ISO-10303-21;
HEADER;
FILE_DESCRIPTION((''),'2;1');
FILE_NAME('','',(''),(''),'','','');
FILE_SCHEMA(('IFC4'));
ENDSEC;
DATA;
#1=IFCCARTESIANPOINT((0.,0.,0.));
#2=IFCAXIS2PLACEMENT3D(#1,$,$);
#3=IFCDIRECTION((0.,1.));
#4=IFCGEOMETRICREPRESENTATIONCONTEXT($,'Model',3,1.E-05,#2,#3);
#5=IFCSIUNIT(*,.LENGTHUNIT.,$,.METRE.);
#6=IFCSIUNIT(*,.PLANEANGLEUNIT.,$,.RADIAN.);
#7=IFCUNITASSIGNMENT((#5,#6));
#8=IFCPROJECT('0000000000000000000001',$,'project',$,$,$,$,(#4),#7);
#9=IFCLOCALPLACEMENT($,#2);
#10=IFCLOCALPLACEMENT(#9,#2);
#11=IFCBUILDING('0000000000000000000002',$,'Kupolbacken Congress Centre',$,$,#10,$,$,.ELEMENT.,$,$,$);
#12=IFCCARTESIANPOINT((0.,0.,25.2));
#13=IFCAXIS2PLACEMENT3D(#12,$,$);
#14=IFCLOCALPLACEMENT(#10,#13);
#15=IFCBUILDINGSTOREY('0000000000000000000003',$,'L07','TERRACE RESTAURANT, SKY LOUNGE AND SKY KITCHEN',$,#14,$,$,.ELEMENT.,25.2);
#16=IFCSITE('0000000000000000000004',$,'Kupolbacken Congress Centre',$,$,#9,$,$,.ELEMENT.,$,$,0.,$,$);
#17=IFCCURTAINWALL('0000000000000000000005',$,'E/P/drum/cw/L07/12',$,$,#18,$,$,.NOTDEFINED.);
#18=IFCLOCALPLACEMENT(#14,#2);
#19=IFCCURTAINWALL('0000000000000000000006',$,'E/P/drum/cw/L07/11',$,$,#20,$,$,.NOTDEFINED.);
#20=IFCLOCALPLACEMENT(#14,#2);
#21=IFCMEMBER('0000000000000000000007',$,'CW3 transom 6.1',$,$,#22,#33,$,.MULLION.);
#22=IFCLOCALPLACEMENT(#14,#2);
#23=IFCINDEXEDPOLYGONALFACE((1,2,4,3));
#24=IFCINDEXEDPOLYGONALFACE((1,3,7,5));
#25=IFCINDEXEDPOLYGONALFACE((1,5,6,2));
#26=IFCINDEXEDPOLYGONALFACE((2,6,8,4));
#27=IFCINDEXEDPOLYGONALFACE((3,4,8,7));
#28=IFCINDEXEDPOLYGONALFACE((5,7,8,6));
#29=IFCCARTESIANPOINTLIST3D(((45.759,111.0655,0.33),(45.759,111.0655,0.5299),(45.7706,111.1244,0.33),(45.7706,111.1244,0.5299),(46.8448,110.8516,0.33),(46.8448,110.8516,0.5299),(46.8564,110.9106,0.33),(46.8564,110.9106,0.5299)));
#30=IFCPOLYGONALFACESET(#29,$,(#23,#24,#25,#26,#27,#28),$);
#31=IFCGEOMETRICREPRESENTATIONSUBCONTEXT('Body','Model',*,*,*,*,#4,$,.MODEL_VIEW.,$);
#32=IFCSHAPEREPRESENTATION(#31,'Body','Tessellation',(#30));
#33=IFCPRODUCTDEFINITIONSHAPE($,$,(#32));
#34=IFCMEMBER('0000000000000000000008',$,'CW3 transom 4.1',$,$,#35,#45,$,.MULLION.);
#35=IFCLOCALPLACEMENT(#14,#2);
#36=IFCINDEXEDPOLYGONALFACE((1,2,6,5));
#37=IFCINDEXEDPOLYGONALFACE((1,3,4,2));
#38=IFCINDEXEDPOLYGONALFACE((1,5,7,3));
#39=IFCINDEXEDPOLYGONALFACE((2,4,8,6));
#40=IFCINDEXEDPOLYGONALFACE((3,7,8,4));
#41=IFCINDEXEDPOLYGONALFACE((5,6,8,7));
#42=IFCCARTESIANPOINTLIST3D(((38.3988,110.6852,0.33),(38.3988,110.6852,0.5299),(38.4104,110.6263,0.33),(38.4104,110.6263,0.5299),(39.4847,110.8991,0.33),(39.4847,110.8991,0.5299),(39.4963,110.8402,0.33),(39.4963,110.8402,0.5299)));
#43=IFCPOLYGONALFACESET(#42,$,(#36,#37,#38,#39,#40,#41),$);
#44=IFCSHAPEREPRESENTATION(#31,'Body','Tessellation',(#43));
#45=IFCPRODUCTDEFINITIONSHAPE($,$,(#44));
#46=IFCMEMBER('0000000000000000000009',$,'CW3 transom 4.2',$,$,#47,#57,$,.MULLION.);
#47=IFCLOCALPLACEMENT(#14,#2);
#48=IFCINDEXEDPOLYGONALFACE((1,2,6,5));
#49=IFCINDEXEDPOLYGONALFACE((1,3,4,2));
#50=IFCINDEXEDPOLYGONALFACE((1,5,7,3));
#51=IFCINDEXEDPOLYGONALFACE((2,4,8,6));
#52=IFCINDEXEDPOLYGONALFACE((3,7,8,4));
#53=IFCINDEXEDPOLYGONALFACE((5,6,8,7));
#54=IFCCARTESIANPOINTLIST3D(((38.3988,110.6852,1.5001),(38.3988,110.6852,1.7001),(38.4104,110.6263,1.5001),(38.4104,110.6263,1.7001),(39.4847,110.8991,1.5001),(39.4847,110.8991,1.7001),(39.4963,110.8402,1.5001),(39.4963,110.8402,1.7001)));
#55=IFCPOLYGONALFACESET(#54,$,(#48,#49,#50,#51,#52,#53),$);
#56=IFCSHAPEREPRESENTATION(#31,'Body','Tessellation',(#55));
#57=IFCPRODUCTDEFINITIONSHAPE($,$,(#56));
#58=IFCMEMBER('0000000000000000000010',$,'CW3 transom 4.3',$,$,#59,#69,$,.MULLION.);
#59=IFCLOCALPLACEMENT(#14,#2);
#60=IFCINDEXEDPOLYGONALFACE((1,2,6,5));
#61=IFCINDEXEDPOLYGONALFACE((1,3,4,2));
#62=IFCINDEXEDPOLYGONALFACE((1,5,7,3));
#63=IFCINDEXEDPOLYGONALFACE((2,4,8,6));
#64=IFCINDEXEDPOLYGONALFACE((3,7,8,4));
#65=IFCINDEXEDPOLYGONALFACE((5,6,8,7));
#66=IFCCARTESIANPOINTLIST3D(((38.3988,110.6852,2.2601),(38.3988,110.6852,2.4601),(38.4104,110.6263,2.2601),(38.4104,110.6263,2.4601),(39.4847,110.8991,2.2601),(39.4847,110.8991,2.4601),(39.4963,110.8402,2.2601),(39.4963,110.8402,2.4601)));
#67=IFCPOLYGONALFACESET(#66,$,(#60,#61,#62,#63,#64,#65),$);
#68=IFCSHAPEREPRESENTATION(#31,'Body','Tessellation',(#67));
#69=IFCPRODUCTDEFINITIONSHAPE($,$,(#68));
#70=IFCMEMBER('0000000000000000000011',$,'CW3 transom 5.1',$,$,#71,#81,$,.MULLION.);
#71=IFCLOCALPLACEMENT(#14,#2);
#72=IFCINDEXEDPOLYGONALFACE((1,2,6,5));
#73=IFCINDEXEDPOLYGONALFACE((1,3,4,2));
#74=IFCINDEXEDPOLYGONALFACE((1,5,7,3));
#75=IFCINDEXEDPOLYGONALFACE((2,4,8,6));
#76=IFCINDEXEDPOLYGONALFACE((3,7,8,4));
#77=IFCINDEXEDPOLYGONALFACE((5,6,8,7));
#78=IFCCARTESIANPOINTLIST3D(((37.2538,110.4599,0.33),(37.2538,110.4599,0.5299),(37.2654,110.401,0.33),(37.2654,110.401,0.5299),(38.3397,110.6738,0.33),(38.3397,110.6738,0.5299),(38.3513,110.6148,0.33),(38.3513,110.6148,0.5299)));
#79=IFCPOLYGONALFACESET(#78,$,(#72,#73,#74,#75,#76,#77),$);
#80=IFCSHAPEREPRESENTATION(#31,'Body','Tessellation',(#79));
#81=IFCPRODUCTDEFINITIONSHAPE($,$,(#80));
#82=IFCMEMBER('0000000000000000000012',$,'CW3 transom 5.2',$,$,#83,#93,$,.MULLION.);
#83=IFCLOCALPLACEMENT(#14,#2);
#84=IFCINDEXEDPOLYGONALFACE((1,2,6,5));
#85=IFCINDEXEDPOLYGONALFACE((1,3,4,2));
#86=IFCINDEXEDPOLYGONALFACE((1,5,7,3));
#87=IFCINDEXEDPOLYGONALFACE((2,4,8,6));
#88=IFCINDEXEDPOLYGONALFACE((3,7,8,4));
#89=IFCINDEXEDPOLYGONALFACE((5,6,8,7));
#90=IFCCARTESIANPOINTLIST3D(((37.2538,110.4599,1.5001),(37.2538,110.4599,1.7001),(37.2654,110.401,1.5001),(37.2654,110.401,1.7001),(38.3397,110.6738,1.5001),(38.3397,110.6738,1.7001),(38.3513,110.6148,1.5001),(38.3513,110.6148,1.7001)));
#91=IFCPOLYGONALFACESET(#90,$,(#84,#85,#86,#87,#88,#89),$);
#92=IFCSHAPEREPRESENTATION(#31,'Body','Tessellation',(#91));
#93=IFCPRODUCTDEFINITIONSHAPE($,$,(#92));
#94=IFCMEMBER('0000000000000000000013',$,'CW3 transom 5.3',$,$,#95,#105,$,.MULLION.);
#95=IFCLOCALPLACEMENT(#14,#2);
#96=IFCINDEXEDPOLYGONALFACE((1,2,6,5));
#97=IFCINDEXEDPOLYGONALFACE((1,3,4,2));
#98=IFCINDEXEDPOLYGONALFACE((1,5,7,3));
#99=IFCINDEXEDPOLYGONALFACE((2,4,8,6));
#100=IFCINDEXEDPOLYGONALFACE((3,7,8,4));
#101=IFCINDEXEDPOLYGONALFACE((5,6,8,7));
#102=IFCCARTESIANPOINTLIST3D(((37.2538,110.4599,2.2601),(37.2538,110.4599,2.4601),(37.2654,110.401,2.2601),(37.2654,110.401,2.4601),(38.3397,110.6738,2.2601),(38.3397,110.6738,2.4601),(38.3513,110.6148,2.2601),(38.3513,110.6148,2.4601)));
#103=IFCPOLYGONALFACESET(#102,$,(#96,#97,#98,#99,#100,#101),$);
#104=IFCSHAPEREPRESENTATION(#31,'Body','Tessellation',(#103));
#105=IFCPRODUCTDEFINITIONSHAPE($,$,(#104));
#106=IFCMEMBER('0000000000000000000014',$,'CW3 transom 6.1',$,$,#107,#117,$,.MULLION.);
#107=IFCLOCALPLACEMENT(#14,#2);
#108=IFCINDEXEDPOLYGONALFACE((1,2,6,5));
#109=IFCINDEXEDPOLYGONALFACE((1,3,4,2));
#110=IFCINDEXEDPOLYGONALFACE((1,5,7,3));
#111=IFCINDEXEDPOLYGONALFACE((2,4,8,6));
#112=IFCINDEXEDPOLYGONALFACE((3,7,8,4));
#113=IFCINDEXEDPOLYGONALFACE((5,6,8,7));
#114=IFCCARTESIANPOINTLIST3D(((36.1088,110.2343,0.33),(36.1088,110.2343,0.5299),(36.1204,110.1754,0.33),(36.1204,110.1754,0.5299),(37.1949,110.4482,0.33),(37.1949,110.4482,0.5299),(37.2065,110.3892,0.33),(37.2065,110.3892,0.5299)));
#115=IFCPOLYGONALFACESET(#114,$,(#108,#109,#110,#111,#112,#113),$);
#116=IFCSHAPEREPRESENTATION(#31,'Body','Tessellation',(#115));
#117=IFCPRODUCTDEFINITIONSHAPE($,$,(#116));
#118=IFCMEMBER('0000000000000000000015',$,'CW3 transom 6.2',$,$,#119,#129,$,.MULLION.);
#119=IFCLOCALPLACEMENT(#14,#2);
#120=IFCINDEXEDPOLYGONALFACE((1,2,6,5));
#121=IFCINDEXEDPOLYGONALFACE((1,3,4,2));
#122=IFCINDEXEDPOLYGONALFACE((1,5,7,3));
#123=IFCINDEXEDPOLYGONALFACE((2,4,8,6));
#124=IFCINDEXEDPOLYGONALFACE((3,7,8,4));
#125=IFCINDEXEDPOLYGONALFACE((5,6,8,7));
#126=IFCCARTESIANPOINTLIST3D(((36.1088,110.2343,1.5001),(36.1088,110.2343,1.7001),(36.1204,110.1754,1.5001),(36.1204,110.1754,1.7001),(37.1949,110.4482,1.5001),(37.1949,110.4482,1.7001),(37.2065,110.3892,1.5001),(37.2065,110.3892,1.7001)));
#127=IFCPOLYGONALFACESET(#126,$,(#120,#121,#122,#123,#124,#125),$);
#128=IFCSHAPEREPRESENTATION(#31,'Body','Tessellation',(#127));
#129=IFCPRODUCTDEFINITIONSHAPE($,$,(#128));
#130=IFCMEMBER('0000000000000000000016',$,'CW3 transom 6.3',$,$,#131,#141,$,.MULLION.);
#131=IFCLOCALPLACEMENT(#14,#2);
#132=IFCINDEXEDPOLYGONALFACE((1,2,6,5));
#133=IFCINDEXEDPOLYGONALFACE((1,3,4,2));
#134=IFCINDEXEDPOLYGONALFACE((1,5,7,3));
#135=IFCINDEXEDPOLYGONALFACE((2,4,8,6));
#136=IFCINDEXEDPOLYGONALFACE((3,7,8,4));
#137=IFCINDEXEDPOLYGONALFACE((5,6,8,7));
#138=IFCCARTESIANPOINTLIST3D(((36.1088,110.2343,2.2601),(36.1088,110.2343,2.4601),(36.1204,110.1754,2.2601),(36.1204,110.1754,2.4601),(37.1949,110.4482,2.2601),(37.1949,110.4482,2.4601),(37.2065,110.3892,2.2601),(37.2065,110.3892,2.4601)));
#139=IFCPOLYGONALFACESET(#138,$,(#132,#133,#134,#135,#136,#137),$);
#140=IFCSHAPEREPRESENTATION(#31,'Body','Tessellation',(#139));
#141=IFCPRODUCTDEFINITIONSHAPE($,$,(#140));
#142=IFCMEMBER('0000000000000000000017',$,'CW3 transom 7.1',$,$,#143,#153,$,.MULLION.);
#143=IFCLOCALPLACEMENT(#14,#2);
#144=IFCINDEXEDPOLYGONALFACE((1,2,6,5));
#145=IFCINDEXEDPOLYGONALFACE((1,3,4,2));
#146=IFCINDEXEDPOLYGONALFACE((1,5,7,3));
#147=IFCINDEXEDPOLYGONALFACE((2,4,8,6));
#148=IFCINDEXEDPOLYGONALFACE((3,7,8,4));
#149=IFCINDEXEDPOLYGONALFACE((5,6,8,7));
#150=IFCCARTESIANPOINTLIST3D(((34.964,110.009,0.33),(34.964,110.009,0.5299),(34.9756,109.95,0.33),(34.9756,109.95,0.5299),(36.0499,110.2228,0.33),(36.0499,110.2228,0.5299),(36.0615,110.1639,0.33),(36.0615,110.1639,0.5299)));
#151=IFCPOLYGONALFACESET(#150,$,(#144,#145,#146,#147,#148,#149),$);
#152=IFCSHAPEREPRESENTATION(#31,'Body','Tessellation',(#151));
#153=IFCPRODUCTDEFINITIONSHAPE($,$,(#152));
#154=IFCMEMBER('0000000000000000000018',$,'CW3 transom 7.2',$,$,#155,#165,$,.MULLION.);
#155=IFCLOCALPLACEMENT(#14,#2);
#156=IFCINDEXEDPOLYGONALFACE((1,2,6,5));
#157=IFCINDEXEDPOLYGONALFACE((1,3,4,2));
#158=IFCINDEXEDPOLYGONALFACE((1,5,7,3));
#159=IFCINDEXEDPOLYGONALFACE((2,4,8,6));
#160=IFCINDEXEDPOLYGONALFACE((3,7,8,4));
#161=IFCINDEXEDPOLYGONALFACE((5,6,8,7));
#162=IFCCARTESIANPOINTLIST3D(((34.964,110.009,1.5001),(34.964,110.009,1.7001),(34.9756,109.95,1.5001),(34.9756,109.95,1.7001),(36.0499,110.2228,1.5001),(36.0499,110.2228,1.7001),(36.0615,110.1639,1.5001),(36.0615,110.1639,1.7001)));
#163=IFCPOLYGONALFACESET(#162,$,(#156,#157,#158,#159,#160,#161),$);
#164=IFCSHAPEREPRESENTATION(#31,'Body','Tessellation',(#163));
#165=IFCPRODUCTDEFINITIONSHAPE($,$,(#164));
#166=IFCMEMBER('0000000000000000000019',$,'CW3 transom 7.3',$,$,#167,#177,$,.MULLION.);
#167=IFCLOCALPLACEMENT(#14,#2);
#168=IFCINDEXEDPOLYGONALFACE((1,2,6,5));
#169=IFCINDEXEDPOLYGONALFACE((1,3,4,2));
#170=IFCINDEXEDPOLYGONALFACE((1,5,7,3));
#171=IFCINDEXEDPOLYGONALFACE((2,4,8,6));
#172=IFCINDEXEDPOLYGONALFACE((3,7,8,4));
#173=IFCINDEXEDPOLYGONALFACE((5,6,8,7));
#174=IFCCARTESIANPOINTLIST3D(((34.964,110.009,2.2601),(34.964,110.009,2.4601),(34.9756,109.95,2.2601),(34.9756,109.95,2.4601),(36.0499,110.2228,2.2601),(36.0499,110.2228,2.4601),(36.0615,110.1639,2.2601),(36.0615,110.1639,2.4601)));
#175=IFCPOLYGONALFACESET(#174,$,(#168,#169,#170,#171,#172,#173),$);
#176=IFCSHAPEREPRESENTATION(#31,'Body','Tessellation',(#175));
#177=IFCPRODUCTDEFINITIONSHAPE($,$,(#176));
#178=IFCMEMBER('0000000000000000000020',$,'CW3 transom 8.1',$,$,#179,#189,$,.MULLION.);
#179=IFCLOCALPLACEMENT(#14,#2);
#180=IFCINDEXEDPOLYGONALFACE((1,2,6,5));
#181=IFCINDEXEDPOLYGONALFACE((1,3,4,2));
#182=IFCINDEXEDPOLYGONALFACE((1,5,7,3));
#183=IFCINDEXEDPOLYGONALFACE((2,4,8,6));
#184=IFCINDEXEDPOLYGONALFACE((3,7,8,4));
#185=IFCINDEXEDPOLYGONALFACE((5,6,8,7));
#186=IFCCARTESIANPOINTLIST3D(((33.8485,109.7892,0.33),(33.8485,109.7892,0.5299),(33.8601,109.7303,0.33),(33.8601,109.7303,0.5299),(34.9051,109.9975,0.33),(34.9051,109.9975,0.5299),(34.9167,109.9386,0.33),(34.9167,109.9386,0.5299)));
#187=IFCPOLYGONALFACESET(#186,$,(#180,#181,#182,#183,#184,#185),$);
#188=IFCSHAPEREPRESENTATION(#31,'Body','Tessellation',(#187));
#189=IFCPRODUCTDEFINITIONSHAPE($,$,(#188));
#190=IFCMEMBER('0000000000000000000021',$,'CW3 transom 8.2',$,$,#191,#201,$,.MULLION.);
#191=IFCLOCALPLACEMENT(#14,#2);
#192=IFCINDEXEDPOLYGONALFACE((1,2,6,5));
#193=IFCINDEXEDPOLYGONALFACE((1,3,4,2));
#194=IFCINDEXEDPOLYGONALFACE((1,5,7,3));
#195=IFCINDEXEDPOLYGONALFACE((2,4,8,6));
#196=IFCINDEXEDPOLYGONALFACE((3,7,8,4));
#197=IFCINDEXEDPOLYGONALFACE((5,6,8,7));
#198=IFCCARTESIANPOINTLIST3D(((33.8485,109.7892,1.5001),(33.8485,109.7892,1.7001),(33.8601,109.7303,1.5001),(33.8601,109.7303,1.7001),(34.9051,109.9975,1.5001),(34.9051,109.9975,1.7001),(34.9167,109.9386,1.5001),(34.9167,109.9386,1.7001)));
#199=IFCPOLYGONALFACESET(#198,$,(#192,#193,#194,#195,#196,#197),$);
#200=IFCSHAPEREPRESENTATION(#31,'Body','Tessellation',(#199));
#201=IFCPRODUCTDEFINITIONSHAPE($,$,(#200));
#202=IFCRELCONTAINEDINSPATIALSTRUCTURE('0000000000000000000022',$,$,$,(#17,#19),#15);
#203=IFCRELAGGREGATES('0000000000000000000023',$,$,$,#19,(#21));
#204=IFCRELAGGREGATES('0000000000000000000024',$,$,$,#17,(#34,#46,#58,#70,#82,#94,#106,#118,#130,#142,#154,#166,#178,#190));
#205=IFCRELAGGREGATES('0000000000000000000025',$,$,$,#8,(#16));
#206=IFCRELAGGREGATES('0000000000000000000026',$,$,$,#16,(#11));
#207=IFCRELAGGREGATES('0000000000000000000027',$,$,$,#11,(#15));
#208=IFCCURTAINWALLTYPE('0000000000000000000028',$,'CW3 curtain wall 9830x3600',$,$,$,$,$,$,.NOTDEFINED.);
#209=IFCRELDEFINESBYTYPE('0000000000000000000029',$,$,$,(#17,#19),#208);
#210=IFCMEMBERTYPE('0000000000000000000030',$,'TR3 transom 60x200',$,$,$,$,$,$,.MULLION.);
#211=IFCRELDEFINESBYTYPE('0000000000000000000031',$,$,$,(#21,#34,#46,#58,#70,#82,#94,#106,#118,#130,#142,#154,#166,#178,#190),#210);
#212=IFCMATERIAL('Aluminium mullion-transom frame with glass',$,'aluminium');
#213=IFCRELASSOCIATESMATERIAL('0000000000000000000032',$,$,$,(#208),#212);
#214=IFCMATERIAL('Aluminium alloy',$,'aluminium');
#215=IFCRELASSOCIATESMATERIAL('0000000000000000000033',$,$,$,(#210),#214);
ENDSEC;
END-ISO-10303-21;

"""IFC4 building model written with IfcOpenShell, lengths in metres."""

from ifc_helpers import new_model, si_unit, direction, frame, origin, origin_2d, place, context, subcontext, project, spatial, rectangle, extrude, material, material_profile, profile_set, type_object, element, aggregate, save


model = new_model("IFC4")

# Units and contexts
model_context = context("Model", 3, precision=1e-05, world=origin(), true_north=direction((0.0, 1.0)))
body_context = subcontext(model_context, "Body", "Model", "MODEL_VIEW")
ifc_project = project(units=[si_unit("LENGTHUNIT", "METRE"), si_unit("PLANEANGLEUNIT", "RADIAN")], contexts=[model_context])

# Site, building, storey
site_placement = place(None, origin())
site = spatial("IfcSite", under=ifc_project, at=site_placement, Name="Kupolbacken Congress Centre", CompositionType="ELEMENT", RefElevation=0.0)
building_placement = place(site_placement, origin())
building = spatial("IfcBuilding", under=site, at=building_placement, Name="Kupolbacken Congress Centre", CompositionType="ELEMENT")
storey_placement = place(building_placement, frame((0.0, 0.0, 25.2)))
storey = spatial("IfcBuildingStorey", under=building, at=storey_placement, Name="L07", Description="TERRACE RESTAURANT, SKY LOUNGE AND SKY KITCHEN", CompositionType="ELEMENT", Elevation=25.2)

# Curtain wall
ifc_material_1 = material(Name="Aluminium mullion-transom frame with glass", Category="aluminium")
curtain_wall_type = type_object("IfcCurtainWallType", Name="CW3 curtain wall 9830x3600", PredefinedType="NOTDEFINED", material=ifc_material_1)
curtain_wall_1_placement = place(storey_placement, origin())
curtain_wall_1 = element("IfcCurtainWall", 1, at=curtain_wall_1_placement, inside=storey, type_object=curtain_wall_type, Name="E/P/drum/cw/L07/12", PredefinedType="NOTDEFINED")

# Curtain wall, member
curtain_wall_2_placement = place(storey_placement, origin())
curtain_wall_2 = element("IfcCurtainWall", 2, at=curtain_wall_2_placement, inside=storey, type_object=curtain_wall_type, Name="E/P/drum/cw/L07/11", PredefinedType="NOTDEFINED")
ifc_material_2 = material(Name="Aluminium alloy", Category="aluminium")
ifc_material_profile_1 = material_profile(ifc_material_2, rectangle(XDim=0.0601, YDim=0.2, at=origin_2d()), Name="60 x 200")
ifc_profile_set_1 = profile_set([ifc_material_profile_1], Name="Aluminium alloy")
member_type_1 = type_object("IfcMemberType", Name="TR3 transom 60x200", PredefinedType="MULLION", material=ifc_profile_set_1)
member_1_placement = place(storey_placement, frame((46.8506, 110.8811, 0.4299), z_axis=(-0.981153, 0.193231, 0.0), x_axis=(-0.193231, -0.981153, 0.0)))
member_1 = element("IfcMember", 3, at=member_1_placement, type_object=member_type_1, Name="CW3 transom 6.1", PredefinedType="MULLION", context=body_context, shape_type="SweptSolid", body=[
    extrude(rectangle(XDim=0.0601, YDim=0.2, at=origin_2d()), origin(), (0.0, 0.0, 1.0), 1.1067),
])
aggregate(curtain_wall_2, [member_1])

# Members
member_2_placement = place(storey_placement, frame((39.4905, 110.8696, 0.4299), z_axis=(-0.981153, -0.193231, 0.0), x_axis=(0.193231, -0.981153, 0.0)))
member_2 = element("IfcMember", 4, at=member_2_placement, type_object=member_type_1, Name="CW3 transom 4.1", PredefinedType="MULLION", context=body_context, shape_type="SweptSolid", body=[
    extrude(rectangle(XDim=0.0601, YDim=0.2, at=origin_2d()), origin(), (0.0, 0.0, 1.0), 1.1067),
])
member_3_placement = place(storey_placement, frame((39.4905, 110.8696, 1.6001), z_axis=(-0.981153, -0.193231, 0.0), x_axis=(0.193231, -0.981153, 0.0)))
member_3 = element("IfcMember", 5, at=member_3_placement, type_object=member_type_1, Name="CW3 transom 4.2", PredefinedType="MULLION", context=body_context, shape_type="SweptSolid", body=[
    extrude(rectangle(XDim=0.0601, YDim=0.2, at=origin_2d()), origin(), (0.0, 0.0, 1.0), 1.1067),
])
member_4_placement = place(storey_placement, frame((39.4905, 110.8696, 2.3601), z_axis=(-0.981153, -0.193231, 0.0), x_axis=(0.193231, -0.981153, 0.0)))
member_4 = element("IfcMember", 6, at=member_4_placement, type_object=member_type_1, Name="CW3 transom 4.3", PredefinedType="MULLION", context=body_context, shape_type="SweptSolid", body=[
    extrude(rectangle(XDim=0.0601, YDim=0.2, at=origin_2d()), origin(), (0.0, 0.0, 1.0), 1.1067),
])
member_5_placement = place(storey_placement, frame((38.3455, 110.6443, 0.4299), z_axis=(-0.981153, -0.193231, 0.0), x_axis=(0.193231, -0.981153, 0.0)))
member_5 = element("IfcMember", 7, at=member_5_placement, type_object=member_type_1, Name="CW3 transom 5.1", PredefinedType="MULLION", context=body_context, shape_type="SweptSolid", body=[
    extrude(rectangle(XDim=0.0601, YDim=0.2, at=origin_2d()), origin(), (0.0, 0.0, 1.0), 1.1067),
])
member_6_placement = place(storey_placement, frame((38.3455, 110.6443, 1.6001), z_axis=(-0.981153, -0.193231, 0.0), x_axis=(0.193231, -0.981153, 0.0)))
member_6 = element("IfcMember", 8, at=member_6_placement, type_object=member_type_1, Name="CW3 transom 5.2", PredefinedType="MULLION", context=body_context, shape_type="SweptSolid", body=[
    extrude(rectangle(XDim=0.0601, YDim=0.2, at=origin_2d()), origin(), (0.0, 0.0, 1.0), 1.1067),
])
member_7_placement = place(storey_placement, frame((38.3455, 110.6443, 2.3601), z_axis=(-0.981153, -0.193231, 0.0), x_axis=(0.193231, -0.981153, 0.0)))
member_7 = element("IfcMember", 9, at=member_7_placement, type_object=member_type_1, Name="CW3 transom 5.3", PredefinedType="MULLION", context=body_context, shape_type="SweptSolid", body=[
    extrude(rectangle(XDim=0.0601, YDim=0.2, at=origin_2d()), origin(), (0.0, 0.0, 1.0), 1.1067),
])
member_8_placement = place(storey_placement, frame((37.2007, 110.4187, 0.4299), z_axis=(-0.981162, -0.193189, 0.0), x_axis=(0.193189, -0.981162, 0.0)))
member_8 = element("IfcMember", 10, at=member_8_placement, type_object=member_type_1, Name="CW3 transom 6.1", PredefinedType="MULLION", context=body_context, shape_type="SweptSolid", body=[
    extrude(rectangle(XDim=0.0601, YDim=0.2, at=origin_2d()), origin(), (0.0, 0.0, 1.0), 1.1069),
])
member_9_placement = place(storey_placement, frame((37.2007, 110.4187, 1.6001), z_axis=(-0.981162, -0.193189, 0.0), x_axis=(0.193189, -0.981162, 0.0)))
member_9 = element("IfcMember", 11, at=member_9_placement, type_object=member_type_1, Name="CW3 transom 6.2", PredefinedType="MULLION", context=body_context, shape_type="SweptSolid", body=[
    extrude(rectangle(XDim=0.0601, YDim=0.2, at=origin_2d()), origin(), (0.0, 0.0, 1.0), 1.1069),
])
member_10_placement = place(storey_placement, frame((37.2007, 110.4187, 2.3601), z_axis=(-0.981162, -0.193189, 0.0), x_axis=(0.193189, -0.981162, 0.0)))
member_10 = element("IfcMember", 12, at=member_10_placement, type_object=member_type_1, Name="CW3 transom 6.3", PredefinedType="MULLION", context=body_context, shape_type="SweptSolid", body=[
    extrude(rectangle(XDim=0.0601, YDim=0.2, at=origin_2d()), origin(), (0.0, 0.0, 1.0), 1.1069),
])
member_11_placement = place(storey_placement, frame((36.0557, 110.1934, 0.4299), z_axis=(-0.981153, -0.193231, 0.0), x_axis=(0.193231, -0.981153, 0.0)))
member_11 = element("IfcMember", 13, at=member_11_placement, type_object=member_type_1, Name="CW3 transom 7.1", PredefinedType="MULLION", context=body_context, shape_type="SweptSolid", body=[
    extrude(rectangle(XDim=0.0601, YDim=0.2, at=origin_2d()), origin(), (0.0, 0.0, 1.0), 1.1067),
])
member_12_placement = place(storey_placement, frame((36.0557, 110.1934, 1.6001), z_axis=(-0.981153, -0.193231, 0.0), x_axis=(0.193231, -0.981153, 0.0)))
member_12 = element("IfcMember", 14, at=member_12_placement, type_object=member_type_1, Name="CW3 transom 7.2", PredefinedType="MULLION", context=body_context, shape_type="SweptSolid", body=[
    extrude(rectangle(XDim=0.0601, YDim=0.2, at=origin_2d()), origin(), (0.0, 0.0, 1.0), 1.1067),
])
member_13_placement = place(storey_placement, frame((36.0557, 110.1934, 2.3601), z_axis=(-0.981153, -0.193231, 0.0), x_axis=(0.193231, -0.981153, 0.0)))
member_13 = element("IfcMember", 15, at=member_13_placement, type_object=member_type_1, Name="CW3 transom 7.3", PredefinedType="MULLION", context=body_context, shape_type="SweptSolid", body=[
    extrude(rectangle(XDim=0.0601, YDim=0.2, at=origin_2d()), origin(), (0.0, 0.0, 1.0), 1.1067),
])
member_14_placement = place(storey_placement, frame((34.9109, 109.968, 0.4299), z_axis=(-0.981126, -0.193369, 0.0), x_axis=(0.193369, -0.981126, 0.0)))
member_14 = element("IfcMember", 16, at=member_14_placement, type_object=member_type_1, Name="CW3 transom 8.1", PredefinedType="MULLION", context=body_context, shape_type="SweptSolid", body=[
    extrude(rectangle(XDim=0.0601, YDim=0.2, at=origin_2d()), origin(), (0.0, 0.0, 1.0), 1.0769),
])
member_15_placement = place(storey_placement, frame((34.9109, 109.968, 1.6001), z_axis=(-0.981126, -0.193369, 0.0), x_axis=(0.193369, -0.981126, 0.0)))
member_15 = element("IfcMember", 17, at=member_15_placement, type_object=member_type_1, Name="CW3 transom 8.2", PredefinedType="MULLION", context=body_context, shape_type="SweptSolid", body=[
    extrude(rectangle(XDim=0.0601, YDim=0.2, at=origin_2d()), origin(), (0.0, 0.0, 1.0), 1.0769),
])

aggregate(curtain_wall_1, [member_2, member_3, member_4, member_5, member_6, member_7, member_8, member_9, member_10, member_11, member_12, member_13, member_14, member_15])

save(model, "model.ifc")
